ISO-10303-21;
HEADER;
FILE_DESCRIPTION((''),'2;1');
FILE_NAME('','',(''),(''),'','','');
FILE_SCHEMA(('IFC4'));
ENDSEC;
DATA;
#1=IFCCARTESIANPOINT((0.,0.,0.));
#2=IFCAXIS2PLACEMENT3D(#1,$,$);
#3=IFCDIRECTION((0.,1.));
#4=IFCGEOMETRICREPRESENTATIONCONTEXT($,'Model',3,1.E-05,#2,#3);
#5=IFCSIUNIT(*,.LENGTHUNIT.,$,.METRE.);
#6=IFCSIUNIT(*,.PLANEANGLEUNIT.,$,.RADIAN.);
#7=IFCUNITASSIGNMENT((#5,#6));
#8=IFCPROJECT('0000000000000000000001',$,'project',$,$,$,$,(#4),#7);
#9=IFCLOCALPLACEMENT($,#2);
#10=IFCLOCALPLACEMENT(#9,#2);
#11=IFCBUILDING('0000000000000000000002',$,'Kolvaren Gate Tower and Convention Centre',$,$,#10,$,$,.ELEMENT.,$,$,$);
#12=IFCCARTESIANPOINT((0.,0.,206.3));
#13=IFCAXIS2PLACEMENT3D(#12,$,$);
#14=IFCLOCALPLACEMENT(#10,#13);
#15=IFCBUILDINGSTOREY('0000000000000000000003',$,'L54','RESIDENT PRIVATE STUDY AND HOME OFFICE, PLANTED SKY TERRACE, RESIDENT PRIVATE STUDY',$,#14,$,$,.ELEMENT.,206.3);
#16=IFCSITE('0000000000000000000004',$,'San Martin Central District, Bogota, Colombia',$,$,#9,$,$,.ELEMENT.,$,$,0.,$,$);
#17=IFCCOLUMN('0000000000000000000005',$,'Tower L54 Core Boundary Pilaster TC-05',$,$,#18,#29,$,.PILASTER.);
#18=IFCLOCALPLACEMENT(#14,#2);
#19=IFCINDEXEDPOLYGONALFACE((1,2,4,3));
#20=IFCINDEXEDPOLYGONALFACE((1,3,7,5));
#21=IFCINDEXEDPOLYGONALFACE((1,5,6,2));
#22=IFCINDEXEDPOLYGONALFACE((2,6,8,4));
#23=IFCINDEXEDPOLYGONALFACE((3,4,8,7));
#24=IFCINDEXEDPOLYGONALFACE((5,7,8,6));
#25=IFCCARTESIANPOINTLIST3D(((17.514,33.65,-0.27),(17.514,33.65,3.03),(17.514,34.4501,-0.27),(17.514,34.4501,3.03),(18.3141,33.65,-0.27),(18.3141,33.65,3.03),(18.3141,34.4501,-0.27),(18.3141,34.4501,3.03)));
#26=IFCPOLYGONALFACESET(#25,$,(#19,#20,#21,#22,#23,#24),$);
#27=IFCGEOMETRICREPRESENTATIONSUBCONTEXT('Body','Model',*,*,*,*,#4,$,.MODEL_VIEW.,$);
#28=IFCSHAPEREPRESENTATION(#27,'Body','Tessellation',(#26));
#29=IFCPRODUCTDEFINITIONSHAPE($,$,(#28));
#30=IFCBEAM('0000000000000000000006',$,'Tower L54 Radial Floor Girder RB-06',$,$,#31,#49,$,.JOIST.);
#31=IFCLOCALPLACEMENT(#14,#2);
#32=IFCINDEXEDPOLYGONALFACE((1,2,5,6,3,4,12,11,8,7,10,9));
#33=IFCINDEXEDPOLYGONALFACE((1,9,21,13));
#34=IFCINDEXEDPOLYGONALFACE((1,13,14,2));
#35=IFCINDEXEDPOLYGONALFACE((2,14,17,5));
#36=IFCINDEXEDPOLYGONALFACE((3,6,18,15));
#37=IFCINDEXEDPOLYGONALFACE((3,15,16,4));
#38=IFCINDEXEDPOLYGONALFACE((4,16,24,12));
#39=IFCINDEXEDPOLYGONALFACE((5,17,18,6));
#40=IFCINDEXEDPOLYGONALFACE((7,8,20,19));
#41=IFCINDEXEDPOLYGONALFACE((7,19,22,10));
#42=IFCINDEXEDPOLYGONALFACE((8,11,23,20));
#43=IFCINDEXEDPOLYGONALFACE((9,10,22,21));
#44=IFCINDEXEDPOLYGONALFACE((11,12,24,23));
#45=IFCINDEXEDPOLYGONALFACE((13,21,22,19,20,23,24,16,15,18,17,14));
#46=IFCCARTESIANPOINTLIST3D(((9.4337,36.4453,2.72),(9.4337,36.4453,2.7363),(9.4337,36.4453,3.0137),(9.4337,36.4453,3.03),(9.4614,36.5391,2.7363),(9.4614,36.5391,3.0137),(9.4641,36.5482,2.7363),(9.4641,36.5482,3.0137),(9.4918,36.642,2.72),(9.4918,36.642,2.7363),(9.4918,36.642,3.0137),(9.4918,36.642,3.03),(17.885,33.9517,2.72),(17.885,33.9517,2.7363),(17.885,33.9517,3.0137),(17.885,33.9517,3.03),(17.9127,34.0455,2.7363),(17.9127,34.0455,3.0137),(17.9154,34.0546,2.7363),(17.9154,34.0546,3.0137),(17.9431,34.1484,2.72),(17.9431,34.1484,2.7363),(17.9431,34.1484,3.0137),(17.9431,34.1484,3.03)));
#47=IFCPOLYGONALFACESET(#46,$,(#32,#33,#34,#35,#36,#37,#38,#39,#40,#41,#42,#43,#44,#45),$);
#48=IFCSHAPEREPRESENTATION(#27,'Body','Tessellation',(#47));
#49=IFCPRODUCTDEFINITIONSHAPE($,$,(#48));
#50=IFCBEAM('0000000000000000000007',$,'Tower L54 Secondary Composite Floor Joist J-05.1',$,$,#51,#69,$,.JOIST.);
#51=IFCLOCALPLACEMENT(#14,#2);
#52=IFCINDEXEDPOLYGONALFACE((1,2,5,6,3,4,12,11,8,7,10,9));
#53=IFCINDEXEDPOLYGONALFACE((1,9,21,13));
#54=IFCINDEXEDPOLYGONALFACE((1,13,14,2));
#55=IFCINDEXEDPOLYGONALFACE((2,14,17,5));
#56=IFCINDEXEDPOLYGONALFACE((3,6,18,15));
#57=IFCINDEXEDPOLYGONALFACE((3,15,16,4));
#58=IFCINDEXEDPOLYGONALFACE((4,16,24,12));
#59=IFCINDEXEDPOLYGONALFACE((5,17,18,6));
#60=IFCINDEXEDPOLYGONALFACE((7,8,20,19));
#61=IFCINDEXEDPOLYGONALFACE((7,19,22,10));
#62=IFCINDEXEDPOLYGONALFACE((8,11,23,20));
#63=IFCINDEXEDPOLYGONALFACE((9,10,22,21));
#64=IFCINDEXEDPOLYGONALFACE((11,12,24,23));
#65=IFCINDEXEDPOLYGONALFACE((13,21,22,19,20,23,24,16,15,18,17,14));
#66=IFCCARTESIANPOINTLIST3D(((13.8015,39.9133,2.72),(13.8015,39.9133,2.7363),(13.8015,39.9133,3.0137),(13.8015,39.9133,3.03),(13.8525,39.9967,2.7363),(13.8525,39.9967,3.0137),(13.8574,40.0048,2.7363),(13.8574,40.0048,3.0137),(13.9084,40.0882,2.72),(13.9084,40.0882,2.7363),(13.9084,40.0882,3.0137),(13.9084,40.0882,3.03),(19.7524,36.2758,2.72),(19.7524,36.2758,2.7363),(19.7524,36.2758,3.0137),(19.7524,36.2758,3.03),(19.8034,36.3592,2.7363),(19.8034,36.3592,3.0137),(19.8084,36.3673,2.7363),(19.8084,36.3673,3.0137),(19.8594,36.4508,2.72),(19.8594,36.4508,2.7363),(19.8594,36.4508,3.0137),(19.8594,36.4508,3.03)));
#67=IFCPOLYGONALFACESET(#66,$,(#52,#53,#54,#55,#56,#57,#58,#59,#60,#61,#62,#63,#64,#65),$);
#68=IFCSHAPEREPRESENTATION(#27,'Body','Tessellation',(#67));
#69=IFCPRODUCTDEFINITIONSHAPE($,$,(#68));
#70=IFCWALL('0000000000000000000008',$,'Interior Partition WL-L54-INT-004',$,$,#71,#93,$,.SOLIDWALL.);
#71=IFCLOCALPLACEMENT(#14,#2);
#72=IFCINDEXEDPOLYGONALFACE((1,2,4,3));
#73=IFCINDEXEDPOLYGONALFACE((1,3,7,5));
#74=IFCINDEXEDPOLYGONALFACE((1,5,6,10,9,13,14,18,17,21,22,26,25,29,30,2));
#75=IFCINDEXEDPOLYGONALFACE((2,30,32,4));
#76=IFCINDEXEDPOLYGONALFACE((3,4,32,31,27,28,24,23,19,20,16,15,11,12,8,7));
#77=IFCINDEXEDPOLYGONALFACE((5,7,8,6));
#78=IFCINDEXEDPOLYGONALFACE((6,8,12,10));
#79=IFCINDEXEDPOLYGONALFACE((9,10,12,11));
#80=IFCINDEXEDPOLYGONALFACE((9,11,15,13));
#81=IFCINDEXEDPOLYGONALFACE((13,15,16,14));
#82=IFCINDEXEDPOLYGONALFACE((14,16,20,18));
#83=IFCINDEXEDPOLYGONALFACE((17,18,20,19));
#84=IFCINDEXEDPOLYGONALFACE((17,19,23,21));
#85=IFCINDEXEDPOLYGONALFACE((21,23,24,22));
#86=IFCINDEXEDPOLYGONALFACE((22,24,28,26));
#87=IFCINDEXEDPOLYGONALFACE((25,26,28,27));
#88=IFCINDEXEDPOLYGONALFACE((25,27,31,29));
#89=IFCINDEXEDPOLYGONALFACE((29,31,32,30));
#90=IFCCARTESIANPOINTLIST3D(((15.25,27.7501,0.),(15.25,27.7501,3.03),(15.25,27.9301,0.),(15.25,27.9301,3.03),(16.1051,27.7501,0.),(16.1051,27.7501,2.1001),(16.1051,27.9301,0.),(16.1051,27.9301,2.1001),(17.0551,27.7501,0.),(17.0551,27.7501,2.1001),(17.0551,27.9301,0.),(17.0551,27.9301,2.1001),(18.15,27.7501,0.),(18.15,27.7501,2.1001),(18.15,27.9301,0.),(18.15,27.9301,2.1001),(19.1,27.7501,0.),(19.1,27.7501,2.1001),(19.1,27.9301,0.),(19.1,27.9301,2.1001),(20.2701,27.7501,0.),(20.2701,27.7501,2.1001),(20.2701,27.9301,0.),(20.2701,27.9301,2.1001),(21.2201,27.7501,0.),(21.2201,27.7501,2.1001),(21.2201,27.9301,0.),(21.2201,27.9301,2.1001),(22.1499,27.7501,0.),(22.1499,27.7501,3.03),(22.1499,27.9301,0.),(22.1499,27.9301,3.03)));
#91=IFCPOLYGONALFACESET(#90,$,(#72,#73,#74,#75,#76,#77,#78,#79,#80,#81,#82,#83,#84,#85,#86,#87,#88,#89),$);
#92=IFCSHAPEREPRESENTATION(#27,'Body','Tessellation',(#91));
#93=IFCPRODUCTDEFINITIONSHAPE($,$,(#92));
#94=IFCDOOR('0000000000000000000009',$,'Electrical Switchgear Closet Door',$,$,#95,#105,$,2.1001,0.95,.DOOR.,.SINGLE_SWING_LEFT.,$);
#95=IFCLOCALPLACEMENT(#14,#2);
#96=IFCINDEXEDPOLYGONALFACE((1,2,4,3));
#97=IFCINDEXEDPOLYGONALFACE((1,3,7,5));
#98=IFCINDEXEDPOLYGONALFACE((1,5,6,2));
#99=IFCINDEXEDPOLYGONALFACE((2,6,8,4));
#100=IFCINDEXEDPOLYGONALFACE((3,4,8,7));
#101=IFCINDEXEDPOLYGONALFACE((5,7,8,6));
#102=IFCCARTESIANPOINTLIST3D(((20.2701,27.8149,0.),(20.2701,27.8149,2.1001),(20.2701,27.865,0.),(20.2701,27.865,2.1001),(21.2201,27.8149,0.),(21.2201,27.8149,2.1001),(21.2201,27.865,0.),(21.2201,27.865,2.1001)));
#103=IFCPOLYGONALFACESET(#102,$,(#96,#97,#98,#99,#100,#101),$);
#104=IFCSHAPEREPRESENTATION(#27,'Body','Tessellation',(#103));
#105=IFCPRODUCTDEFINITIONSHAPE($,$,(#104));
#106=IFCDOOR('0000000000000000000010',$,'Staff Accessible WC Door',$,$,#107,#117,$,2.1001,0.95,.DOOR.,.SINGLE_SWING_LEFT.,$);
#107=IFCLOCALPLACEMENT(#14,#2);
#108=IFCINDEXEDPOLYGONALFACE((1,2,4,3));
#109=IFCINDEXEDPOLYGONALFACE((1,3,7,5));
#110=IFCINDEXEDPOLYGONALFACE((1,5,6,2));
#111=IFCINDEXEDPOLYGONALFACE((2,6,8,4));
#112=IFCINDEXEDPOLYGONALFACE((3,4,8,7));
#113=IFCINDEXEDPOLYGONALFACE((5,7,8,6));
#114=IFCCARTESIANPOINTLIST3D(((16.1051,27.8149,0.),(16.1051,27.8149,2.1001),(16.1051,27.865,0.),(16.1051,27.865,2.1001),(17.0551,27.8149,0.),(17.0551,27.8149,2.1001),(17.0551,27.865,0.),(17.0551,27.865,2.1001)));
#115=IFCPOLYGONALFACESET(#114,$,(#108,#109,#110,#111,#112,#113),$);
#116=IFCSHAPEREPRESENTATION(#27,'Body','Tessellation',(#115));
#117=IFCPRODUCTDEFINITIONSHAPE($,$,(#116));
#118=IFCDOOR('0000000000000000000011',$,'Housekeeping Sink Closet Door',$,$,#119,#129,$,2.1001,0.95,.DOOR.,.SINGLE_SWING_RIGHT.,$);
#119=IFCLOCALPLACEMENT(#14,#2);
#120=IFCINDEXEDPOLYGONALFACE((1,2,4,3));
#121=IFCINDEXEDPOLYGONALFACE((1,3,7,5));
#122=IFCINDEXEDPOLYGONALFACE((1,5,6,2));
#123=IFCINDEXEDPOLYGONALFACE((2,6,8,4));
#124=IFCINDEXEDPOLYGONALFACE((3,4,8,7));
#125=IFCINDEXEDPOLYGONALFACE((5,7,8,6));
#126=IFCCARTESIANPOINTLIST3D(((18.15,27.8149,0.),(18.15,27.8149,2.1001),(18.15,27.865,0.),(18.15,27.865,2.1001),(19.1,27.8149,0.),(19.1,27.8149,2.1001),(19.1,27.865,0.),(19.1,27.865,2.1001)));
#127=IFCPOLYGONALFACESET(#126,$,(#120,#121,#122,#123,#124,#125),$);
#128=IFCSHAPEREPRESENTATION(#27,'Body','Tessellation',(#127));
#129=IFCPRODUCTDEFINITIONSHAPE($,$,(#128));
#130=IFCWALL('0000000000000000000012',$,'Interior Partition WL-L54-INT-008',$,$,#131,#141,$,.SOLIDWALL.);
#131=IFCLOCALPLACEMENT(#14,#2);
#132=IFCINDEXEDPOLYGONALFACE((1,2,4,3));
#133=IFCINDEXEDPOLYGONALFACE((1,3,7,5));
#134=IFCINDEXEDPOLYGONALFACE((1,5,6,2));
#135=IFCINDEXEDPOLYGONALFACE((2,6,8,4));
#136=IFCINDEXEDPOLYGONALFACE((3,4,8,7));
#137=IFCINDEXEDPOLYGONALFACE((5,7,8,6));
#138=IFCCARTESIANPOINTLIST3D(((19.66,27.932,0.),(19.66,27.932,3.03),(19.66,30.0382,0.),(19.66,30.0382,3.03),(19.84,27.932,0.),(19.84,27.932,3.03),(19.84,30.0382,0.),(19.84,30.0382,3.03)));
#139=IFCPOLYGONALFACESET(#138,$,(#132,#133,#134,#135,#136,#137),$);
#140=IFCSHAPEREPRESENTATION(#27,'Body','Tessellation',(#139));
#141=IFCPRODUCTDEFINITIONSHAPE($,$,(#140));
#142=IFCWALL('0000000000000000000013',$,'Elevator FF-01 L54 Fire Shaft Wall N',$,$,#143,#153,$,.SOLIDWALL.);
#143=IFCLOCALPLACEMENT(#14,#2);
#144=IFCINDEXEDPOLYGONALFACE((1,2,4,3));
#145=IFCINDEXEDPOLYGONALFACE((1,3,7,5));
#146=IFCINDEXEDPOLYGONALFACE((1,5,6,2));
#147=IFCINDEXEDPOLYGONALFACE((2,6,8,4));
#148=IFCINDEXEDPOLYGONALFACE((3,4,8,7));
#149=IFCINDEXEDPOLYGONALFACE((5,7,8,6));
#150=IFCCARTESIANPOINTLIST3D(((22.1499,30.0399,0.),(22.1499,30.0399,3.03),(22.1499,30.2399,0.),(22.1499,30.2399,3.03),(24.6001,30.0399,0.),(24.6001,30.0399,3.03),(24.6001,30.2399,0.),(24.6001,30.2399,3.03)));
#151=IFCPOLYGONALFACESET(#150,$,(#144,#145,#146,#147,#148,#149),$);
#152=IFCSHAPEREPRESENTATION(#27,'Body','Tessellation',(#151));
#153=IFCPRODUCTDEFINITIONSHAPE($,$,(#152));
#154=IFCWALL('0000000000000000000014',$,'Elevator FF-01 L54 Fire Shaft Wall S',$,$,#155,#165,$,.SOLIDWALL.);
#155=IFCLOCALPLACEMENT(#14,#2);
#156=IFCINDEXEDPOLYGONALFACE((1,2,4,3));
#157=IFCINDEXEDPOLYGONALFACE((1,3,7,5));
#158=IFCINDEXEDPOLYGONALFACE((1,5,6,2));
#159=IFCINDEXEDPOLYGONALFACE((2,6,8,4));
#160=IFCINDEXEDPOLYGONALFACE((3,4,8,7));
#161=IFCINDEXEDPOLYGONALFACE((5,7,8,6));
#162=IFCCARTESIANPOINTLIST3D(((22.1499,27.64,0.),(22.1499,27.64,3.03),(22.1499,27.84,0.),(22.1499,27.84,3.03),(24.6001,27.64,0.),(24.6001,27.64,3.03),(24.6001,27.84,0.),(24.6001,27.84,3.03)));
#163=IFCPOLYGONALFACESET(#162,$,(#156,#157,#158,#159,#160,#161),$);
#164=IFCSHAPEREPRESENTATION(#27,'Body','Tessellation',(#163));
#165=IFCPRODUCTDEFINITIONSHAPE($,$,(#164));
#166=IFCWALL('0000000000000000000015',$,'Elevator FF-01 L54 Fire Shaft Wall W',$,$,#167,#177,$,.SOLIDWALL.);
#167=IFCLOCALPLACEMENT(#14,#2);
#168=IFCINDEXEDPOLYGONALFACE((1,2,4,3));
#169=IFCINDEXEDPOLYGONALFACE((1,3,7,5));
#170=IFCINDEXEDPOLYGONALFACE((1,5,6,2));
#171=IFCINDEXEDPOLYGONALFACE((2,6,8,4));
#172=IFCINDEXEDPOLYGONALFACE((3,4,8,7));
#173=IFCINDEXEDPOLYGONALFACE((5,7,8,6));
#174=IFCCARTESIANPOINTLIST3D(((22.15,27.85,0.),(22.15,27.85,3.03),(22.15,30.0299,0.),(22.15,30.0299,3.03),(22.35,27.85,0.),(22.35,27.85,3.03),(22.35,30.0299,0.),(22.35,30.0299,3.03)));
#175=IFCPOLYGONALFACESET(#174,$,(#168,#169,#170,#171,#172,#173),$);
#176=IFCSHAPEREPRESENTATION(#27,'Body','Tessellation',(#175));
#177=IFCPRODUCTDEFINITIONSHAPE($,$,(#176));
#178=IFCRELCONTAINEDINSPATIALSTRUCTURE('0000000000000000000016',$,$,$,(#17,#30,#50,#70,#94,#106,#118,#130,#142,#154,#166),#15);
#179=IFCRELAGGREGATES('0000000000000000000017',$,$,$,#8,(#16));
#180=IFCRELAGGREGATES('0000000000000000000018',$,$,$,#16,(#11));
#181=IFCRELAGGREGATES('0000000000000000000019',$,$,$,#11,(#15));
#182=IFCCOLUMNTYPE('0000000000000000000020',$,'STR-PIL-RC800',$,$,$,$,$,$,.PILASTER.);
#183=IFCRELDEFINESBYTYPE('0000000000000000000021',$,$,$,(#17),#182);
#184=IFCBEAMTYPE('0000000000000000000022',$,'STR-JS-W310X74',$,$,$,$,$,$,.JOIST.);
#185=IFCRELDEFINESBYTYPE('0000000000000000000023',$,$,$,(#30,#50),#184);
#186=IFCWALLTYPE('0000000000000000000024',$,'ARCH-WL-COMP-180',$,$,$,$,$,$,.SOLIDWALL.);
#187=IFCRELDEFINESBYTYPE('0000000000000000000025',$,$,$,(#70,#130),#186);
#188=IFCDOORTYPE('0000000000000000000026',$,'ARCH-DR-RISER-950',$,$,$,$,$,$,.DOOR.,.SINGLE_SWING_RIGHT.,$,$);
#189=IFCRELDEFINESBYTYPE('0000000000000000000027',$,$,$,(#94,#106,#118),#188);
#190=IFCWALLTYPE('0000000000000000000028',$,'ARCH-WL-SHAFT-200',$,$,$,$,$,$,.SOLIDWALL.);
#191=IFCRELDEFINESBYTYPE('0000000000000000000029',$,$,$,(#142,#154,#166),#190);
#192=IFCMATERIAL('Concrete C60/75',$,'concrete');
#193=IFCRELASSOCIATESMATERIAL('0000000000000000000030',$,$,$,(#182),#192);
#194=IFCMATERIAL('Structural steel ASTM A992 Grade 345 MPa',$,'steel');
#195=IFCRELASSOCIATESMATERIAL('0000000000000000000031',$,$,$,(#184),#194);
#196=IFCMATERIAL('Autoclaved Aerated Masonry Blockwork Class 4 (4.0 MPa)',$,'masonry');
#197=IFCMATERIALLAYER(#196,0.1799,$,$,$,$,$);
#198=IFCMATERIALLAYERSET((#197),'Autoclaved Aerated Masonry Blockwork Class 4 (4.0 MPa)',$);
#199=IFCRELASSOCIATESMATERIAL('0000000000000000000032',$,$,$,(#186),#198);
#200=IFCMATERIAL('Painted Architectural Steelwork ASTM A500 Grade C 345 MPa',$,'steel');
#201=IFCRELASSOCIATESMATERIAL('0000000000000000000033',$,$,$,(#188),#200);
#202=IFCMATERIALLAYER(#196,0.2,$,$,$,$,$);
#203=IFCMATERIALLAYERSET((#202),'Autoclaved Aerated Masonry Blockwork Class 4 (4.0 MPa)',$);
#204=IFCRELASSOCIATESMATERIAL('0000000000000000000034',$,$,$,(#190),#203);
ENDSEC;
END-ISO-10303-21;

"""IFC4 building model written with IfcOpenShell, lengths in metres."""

from ifc_helpers import new_model, si_unit, direction, frame, frame_2d, origin, origin_2d, place, context, subcontext, project, spatial, rectangle, i_section, extrude, material, layer, layer_set, material_profile, profile_set, type_object, element, fill, save


model = new_model("IFC4")

# Units and contexts
model_context = context("Model", 3, precision=1e-05, world=origin(), true_north=direction((0.0, 1.0)))
body_context = subcontext(model_context, "Body", "Model", "MODEL_VIEW")
ifc_project = project(units=[si_unit("LENGTHUNIT", "METRE"), si_unit("PLANEANGLEUNIT", "RADIAN")], contexts=[model_context])

# Site, building, storey
site_placement = place(None, origin())
site = spatial("IfcSite", under=ifc_project, at=site_placement, Name="San Martin Central District, Bogota, Colombia", CompositionType="ELEMENT", RefElevation=0.0)
building_placement = place(site_placement, origin())
building = spatial("IfcBuilding", under=site, at=building_placement, Name="Kolvaren Gate Tower and Convention Centre", CompositionType="ELEMENT")
storey_placement = place(building_placement, frame((0.0, 0.0, 206.3)))
storey = spatial("IfcBuildingStorey", under=building, at=storey_placement, Name="L54", Description="RESIDENT PRIVATE STUDY AND HOME OFFICE, PLANTED SKY TERRACE, RESIDENT PRIVATE STUDY", CompositionType="ELEMENT", Elevation=206.3)

# Column
ifc_material_1 = material(Name="Concrete C60/75", Category="concrete")
ifc_material_profile_1 = material_profile(ifc_material_1, rectangle(XDim=0.8, YDim=0.8, at=origin_2d()), Name="RC-COL-800X800")
ifc_profile_set_1 = profile_set([ifc_material_profile_1], Name="Concrete C60/75")
column_type = type_object("IfcColumnType", Name="STR-PIL-RC800", PredefinedType="PILASTER", material=ifc_profile_set_1)
column_placement = place(storey_placement, frame((17.9141, 34.05, -0.27), z_axis=(0.0, 0.0, 1.0), x_axis=(1.0, 0.0, 0.0)))
element("IfcColumn", 1, at=column_placement, inside=storey, type_object=column_type, Name="Tower L54 Core Boundary Pilaster TC-05", PredefinedType="PILASTER", context=body_context, shape_type="SweptSolid", body=[
    extrude(rectangle(XDim=0.8, YDim=0.8, at=origin_2d()), origin(), (0.0, 0.0, 1.0), 3.3),
])

# Beams
ifc_material_2 = material(Name="Structural steel ASTM A992 Grade 345 MPa", Category="steel")
ifc_material_profile_2 = material_profile(ifc_material_2, i_section(OverallWidth=0.2051, OverallDepth=0.3101, WebThickness=0.0095, FlangeThickness=0.0164, at=origin_2d()), Name="W310X74")
ifc_profile_set_2 = profile_set([ifc_material_profile_2], Name="Structural steel ASTM A992 Grade 345 MPa")
beam_type = type_object("IfcBeamType", Name="STR-JS-W310X74", PredefinedType="JOIST", material=ifc_profile_set_2)
beam_1_placement = place(storey_placement, frame((17.9141, 34.05, 2.875), z_axis=(-0.959121, 0.282996, 0.0), x_axis=(-0.282996, -0.959121, 0.0)))
element("IfcBeam", 2, at=beam_1_placement, inside=storey, type_object=beam_type, Name="Tower L54 Radial Floor Girder RB-06", PredefinedType="JOIST", context=body_context, shape_type="SweptSolid", body=[
    extrude(i_section(OverallWidth=0.2051, OverallDepth=0.3101, WebThickness=0.0095, FlangeThickness=0.0164, at=origin_2d()), origin(), (0.0, 0.0, 1.0), 8.8115),
])
beam_2_placement = place(storey_placement, frame((19.8059, 36.3633, 2.875), z_axis=(-0.853233, 0.521531, 0.0), x_axis=(-0.521531, -0.853233, 0.0)))
element("IfcBeam", 3, at=beam_2_placement, inside=storey, type_object=beam_type, Name="Tower L54 Secondary Composite Floor Joist J-05.1", PredefinedType="JOIST", context=body_context, shape_type="SweptSolid", body=[
    extrude(i_section(OverallWidth=0.2051, OverallDepth=0.3101, WebThickness=0.0095, FlangeThickness=0.0164, at=origin_2d()), origin(), (0.0, 0.0, 1.0), 6.9746),
])

# Wall, openings, doors
ifc_material_3 = material(Name="Autoclaved Aerated Masonry Blockwork Class 4 (4.0 MPa)", Category="masonry")
ifc_layer_1 = layer(ifc_material_3, 0.1799)
ifc_layer_set_1 = layer_set([ifc_layer_1], Name="Autoclaved Aerated Masonry Blockwork Class 4 (4.0 MPa)")
wall_type_1 = type_object("IfcWallType", Name="ARCH-WL-COMP-180", PredefinedType="SOLIDWALL", material=ifc_layer_set_1)
wall_1_placement = place(storey_placement, frame((15.25, 27.8401, 0.0), z_axis=(0.0, 0.0, 1.0), x_axis=(1.0, 0.0, 0.0)))
wall_1 = element("IfcWall", 4, at=wall_1_placement, inside=storey, type_object=wall_type_1, Name="Interior Partition WL-L54-INT-004", PredefinedType="SOLIDWALL", context=body_context, shape_type="SweptSolid", body=[
    extrude(rectangle(XDim=6.8999, YDim=0.1799, at=frame_2d((3.45, 0.0))), origin(), (0.0, 0.0, 1.0), 3.03),
])
opening_1_placement = place(wall_1_placement, frame((5.02, 0.0, 0.0)))
opening_1 = element("IfcOpeningElement", 5, at=opening_1_placement, cuts=wall_1, PredefinedType="OPENING", context=body_context, shape_type="SweptSolid", body=[
    extrude(rectangle(XDim=0.95, YDim=2.1001, at=frame_2d((0.4751, 1.05))), frame((0.0, 0.0999, 0.0), z_axis=(0.0, -1.0, 0.0), x_axis=(1.0, 0.0, 0.0)), (0.0, 0.0, 1.0), 0.2),
])
opening_2_placement = place(wall_1_placement, frame((0.855, 0.0, 0.0)))
opening_2 = element("IfcOpeningElement", 6, at=opening_2_placement, cuts=wall_1, PredefinedType="OPENING", context=body_context, shape_type="SweptSolid", body=[
    extrude(rectangle(XDim=0.95, YDim=2.1001, at=frame_2d((0.4751, 1.05))), frame((0.0, 0.0999, 0.0), z_axis=(0.0, -1.0, 0.0), x_axis=(1.0, 0.0, 0.0)), (0.0, 0.0, 1.0), 0.2),
])
opening_3_placement = place(wall_1_placement, frame((2.8999, 0.0, 0.0)))
opening_3 = element("IfcOpeningElement", 7, at=opening_3_placement, cuts=wall_1, PredefinedType="OPENING", context=body_context, shape_type="SweptSolid", body=[
    extrude(rectangle(XDim=0.95, YDim=2.1001, at=frame_2d((0.4751, 1.05))), frame((0.0, 0.0999, 0.0), z_axis=(0.0, -1.0, 0.0), x_axis=(1.0, 0.0, 0.0)), (0.0, 0.0, 1.0), 0.2),
])
ifc_material_4 = material(Name="Painted Architectural Steelwork ASTM A500 Grade C 345 MPa", Category="steel")
door_type = type_object("IfcDoorType", Name="ARCH-DR-RISER-950", OperationType="SINGLE_SWING_RIGHT", PredefinedType="DOOR", material=ifc_material_4)
door_1_placement = place(opening_1_placement, origin())
door_1 = element("IfcDoor", 8, at=door_1_placement, inside=storey, type_object=door_type, Name="Electrical Switchgear Closet Door", OperationType="SINGLE_SWING_LEFT", OverallHeight=2.1001, OverallWidth=0.95, PredefinedType="DOOR", context=body_context, shape_type="SweptSolid", body=[
    extrude(rectangle(XDim=0.95, YDim=2.1001, at=frame_2d((0.4751, 1.05))), frame((0.0, 0.0249, 0.0), z_axis=(0.0, -1.0, 0.0), x_axis=(1.0, 0.0, 0.0)), (0.0, 0.0, 1.0), 0.05),
])
fill(opening_1, door_1)
door_2_placement = place(opening_2_placement, origin())
door_2 = element("IfcDoor", 9, at=door_2_placement, inside=storey, type_object=door_type, Name="Staff Accessible WC Door", OperationType="SINGLE_SWING_LEFT", OverallHeight=2.1001, OverallWidth=0.95, PredefinedType="DOOR", context=body_context, shape_type="SweptSolid", body=[
    extrude(rectangle(XDim=0.95, YDim=2.1001, at=frame_2d((0.4751, 1.05))), frame((0.0, 0.0249, 0.0), z_axis=(0.0, -1.0, 0.0), x_axis=(1.0, 0.0, 0.0)), (0.0, 0.0, 1.0), 0.05),
])
fill(opening_2, door_2)
door_3_placement = place(opening_3_placement, origin())
door_3 = element("IfcDoor", 10, at=door_3_placement, inside=storey, type_object=door_type, Name="Housekeeping Sink Closet Door", OperationType="SINGLE_SWING_RIGHT", OverallHeight=2.1001, OverallWidth=0.95, PredefinedType="DOOR", context=body_context, shape_type="SweptSolid", body=[
    extrude(rectangle(XDim=0.95, YDim=2.1001, at=frame_2d((0.4751, 1.05))), frame((0.0, 0.0249, 0.0), z_axis=(0.0, -1.0, 0.0), x_axis=(1.0, 0.0, 0.0)), (0.0, 0.0, 1.0), 0.05),
])
fill(opening_3, door_3)

# Walls
wall_2_placement = place(storey_placement, frame((19.75, 27.9319, 0.0), z_axis=(0.0, 0.0, 1.0), x_axis=(0.0, 1.0, 0.0)))
element("IfcWall", 11, at=wall_2_placement, inside=storey, type_object=wall_type_1, Name="Interior Partition WL-L54-INT-008", PredefinedType="SOLIDWALL", context=body_context, shape_type="SweptSolid", body=[
    extrude(rectangle(XDim=2.1062, YDim=0.1799, at=frame_2d((1.0532, 0.0))), origin(), (0.0, 0.0, 1.0), 3.03),
])
ifc_layer_2 = layer(ifc_material_3, 0.2)
ifc_layer_set_2 = layer_set([ifc_layer_2], Name="Autoclaved Aerated Masonry Blockwork Class 4 (4.0 MPa)")
wall_type_2 = type_object("IfcWallType", Name="ARCH-WL-SHAFT-200", PredefinedType="SOLIDWALL", material=ifc_layer_set_2)
for number, where, z_axis, x_axis, name in (
    (12, (22.1499, 30.1399, 0.0), (0.0, 0.0, 1.0), (1.0, 0.0, 0.0), "Elevator FF-01 L54 Fire Shaft Wall N"),
    (13, (22.1499, 27.74, 0.0), (0.0, 0.0, 1.0), (1.0, 0.0, 0.0), "Elevator FF-01 L54 Fire Shaft Wall S"),
):
    element("IfcWall", number, at=place(storey_placement, frame(where, z_axis=z_axis, x_axis=x_axis)), inside=storey, type_object=wall_type_2, Name=name, PredefinedType="SOLIDWALL", context=body_context, shape_type="SweptSolid", body=[
        extrude(rectangle(XDim=2.4502, YDim=0.2, at=frame_2d((1.2251, 0.0))), origin(), (0.0, 0.0, 1.0), 3.03),
    ])
wall_3_placement = place(storey_placement, frame((22.25, 27.8501, 0.0), z_axis=(0.0, 0.0, 1.0), x_axis=(0.0, 1.0, 0.0)))
element("IfcWall", 14, at=wall_3_placement, inside=storey, type_object=wall_type_2, Name="Elevator FF-01 L54 Fire Shaft Wall W", PredefinedType="SOLIDWALL", context=body_context, shape_type="SweptSolid", body=[
    extrude(rectangle(XDim=2.1799, YDim=0.2, at=frame_2d((1.0898, 0.0))), origin(), (0.0, 0.0, 1.0), 3.03),
])

save(model, "model.ifc")
